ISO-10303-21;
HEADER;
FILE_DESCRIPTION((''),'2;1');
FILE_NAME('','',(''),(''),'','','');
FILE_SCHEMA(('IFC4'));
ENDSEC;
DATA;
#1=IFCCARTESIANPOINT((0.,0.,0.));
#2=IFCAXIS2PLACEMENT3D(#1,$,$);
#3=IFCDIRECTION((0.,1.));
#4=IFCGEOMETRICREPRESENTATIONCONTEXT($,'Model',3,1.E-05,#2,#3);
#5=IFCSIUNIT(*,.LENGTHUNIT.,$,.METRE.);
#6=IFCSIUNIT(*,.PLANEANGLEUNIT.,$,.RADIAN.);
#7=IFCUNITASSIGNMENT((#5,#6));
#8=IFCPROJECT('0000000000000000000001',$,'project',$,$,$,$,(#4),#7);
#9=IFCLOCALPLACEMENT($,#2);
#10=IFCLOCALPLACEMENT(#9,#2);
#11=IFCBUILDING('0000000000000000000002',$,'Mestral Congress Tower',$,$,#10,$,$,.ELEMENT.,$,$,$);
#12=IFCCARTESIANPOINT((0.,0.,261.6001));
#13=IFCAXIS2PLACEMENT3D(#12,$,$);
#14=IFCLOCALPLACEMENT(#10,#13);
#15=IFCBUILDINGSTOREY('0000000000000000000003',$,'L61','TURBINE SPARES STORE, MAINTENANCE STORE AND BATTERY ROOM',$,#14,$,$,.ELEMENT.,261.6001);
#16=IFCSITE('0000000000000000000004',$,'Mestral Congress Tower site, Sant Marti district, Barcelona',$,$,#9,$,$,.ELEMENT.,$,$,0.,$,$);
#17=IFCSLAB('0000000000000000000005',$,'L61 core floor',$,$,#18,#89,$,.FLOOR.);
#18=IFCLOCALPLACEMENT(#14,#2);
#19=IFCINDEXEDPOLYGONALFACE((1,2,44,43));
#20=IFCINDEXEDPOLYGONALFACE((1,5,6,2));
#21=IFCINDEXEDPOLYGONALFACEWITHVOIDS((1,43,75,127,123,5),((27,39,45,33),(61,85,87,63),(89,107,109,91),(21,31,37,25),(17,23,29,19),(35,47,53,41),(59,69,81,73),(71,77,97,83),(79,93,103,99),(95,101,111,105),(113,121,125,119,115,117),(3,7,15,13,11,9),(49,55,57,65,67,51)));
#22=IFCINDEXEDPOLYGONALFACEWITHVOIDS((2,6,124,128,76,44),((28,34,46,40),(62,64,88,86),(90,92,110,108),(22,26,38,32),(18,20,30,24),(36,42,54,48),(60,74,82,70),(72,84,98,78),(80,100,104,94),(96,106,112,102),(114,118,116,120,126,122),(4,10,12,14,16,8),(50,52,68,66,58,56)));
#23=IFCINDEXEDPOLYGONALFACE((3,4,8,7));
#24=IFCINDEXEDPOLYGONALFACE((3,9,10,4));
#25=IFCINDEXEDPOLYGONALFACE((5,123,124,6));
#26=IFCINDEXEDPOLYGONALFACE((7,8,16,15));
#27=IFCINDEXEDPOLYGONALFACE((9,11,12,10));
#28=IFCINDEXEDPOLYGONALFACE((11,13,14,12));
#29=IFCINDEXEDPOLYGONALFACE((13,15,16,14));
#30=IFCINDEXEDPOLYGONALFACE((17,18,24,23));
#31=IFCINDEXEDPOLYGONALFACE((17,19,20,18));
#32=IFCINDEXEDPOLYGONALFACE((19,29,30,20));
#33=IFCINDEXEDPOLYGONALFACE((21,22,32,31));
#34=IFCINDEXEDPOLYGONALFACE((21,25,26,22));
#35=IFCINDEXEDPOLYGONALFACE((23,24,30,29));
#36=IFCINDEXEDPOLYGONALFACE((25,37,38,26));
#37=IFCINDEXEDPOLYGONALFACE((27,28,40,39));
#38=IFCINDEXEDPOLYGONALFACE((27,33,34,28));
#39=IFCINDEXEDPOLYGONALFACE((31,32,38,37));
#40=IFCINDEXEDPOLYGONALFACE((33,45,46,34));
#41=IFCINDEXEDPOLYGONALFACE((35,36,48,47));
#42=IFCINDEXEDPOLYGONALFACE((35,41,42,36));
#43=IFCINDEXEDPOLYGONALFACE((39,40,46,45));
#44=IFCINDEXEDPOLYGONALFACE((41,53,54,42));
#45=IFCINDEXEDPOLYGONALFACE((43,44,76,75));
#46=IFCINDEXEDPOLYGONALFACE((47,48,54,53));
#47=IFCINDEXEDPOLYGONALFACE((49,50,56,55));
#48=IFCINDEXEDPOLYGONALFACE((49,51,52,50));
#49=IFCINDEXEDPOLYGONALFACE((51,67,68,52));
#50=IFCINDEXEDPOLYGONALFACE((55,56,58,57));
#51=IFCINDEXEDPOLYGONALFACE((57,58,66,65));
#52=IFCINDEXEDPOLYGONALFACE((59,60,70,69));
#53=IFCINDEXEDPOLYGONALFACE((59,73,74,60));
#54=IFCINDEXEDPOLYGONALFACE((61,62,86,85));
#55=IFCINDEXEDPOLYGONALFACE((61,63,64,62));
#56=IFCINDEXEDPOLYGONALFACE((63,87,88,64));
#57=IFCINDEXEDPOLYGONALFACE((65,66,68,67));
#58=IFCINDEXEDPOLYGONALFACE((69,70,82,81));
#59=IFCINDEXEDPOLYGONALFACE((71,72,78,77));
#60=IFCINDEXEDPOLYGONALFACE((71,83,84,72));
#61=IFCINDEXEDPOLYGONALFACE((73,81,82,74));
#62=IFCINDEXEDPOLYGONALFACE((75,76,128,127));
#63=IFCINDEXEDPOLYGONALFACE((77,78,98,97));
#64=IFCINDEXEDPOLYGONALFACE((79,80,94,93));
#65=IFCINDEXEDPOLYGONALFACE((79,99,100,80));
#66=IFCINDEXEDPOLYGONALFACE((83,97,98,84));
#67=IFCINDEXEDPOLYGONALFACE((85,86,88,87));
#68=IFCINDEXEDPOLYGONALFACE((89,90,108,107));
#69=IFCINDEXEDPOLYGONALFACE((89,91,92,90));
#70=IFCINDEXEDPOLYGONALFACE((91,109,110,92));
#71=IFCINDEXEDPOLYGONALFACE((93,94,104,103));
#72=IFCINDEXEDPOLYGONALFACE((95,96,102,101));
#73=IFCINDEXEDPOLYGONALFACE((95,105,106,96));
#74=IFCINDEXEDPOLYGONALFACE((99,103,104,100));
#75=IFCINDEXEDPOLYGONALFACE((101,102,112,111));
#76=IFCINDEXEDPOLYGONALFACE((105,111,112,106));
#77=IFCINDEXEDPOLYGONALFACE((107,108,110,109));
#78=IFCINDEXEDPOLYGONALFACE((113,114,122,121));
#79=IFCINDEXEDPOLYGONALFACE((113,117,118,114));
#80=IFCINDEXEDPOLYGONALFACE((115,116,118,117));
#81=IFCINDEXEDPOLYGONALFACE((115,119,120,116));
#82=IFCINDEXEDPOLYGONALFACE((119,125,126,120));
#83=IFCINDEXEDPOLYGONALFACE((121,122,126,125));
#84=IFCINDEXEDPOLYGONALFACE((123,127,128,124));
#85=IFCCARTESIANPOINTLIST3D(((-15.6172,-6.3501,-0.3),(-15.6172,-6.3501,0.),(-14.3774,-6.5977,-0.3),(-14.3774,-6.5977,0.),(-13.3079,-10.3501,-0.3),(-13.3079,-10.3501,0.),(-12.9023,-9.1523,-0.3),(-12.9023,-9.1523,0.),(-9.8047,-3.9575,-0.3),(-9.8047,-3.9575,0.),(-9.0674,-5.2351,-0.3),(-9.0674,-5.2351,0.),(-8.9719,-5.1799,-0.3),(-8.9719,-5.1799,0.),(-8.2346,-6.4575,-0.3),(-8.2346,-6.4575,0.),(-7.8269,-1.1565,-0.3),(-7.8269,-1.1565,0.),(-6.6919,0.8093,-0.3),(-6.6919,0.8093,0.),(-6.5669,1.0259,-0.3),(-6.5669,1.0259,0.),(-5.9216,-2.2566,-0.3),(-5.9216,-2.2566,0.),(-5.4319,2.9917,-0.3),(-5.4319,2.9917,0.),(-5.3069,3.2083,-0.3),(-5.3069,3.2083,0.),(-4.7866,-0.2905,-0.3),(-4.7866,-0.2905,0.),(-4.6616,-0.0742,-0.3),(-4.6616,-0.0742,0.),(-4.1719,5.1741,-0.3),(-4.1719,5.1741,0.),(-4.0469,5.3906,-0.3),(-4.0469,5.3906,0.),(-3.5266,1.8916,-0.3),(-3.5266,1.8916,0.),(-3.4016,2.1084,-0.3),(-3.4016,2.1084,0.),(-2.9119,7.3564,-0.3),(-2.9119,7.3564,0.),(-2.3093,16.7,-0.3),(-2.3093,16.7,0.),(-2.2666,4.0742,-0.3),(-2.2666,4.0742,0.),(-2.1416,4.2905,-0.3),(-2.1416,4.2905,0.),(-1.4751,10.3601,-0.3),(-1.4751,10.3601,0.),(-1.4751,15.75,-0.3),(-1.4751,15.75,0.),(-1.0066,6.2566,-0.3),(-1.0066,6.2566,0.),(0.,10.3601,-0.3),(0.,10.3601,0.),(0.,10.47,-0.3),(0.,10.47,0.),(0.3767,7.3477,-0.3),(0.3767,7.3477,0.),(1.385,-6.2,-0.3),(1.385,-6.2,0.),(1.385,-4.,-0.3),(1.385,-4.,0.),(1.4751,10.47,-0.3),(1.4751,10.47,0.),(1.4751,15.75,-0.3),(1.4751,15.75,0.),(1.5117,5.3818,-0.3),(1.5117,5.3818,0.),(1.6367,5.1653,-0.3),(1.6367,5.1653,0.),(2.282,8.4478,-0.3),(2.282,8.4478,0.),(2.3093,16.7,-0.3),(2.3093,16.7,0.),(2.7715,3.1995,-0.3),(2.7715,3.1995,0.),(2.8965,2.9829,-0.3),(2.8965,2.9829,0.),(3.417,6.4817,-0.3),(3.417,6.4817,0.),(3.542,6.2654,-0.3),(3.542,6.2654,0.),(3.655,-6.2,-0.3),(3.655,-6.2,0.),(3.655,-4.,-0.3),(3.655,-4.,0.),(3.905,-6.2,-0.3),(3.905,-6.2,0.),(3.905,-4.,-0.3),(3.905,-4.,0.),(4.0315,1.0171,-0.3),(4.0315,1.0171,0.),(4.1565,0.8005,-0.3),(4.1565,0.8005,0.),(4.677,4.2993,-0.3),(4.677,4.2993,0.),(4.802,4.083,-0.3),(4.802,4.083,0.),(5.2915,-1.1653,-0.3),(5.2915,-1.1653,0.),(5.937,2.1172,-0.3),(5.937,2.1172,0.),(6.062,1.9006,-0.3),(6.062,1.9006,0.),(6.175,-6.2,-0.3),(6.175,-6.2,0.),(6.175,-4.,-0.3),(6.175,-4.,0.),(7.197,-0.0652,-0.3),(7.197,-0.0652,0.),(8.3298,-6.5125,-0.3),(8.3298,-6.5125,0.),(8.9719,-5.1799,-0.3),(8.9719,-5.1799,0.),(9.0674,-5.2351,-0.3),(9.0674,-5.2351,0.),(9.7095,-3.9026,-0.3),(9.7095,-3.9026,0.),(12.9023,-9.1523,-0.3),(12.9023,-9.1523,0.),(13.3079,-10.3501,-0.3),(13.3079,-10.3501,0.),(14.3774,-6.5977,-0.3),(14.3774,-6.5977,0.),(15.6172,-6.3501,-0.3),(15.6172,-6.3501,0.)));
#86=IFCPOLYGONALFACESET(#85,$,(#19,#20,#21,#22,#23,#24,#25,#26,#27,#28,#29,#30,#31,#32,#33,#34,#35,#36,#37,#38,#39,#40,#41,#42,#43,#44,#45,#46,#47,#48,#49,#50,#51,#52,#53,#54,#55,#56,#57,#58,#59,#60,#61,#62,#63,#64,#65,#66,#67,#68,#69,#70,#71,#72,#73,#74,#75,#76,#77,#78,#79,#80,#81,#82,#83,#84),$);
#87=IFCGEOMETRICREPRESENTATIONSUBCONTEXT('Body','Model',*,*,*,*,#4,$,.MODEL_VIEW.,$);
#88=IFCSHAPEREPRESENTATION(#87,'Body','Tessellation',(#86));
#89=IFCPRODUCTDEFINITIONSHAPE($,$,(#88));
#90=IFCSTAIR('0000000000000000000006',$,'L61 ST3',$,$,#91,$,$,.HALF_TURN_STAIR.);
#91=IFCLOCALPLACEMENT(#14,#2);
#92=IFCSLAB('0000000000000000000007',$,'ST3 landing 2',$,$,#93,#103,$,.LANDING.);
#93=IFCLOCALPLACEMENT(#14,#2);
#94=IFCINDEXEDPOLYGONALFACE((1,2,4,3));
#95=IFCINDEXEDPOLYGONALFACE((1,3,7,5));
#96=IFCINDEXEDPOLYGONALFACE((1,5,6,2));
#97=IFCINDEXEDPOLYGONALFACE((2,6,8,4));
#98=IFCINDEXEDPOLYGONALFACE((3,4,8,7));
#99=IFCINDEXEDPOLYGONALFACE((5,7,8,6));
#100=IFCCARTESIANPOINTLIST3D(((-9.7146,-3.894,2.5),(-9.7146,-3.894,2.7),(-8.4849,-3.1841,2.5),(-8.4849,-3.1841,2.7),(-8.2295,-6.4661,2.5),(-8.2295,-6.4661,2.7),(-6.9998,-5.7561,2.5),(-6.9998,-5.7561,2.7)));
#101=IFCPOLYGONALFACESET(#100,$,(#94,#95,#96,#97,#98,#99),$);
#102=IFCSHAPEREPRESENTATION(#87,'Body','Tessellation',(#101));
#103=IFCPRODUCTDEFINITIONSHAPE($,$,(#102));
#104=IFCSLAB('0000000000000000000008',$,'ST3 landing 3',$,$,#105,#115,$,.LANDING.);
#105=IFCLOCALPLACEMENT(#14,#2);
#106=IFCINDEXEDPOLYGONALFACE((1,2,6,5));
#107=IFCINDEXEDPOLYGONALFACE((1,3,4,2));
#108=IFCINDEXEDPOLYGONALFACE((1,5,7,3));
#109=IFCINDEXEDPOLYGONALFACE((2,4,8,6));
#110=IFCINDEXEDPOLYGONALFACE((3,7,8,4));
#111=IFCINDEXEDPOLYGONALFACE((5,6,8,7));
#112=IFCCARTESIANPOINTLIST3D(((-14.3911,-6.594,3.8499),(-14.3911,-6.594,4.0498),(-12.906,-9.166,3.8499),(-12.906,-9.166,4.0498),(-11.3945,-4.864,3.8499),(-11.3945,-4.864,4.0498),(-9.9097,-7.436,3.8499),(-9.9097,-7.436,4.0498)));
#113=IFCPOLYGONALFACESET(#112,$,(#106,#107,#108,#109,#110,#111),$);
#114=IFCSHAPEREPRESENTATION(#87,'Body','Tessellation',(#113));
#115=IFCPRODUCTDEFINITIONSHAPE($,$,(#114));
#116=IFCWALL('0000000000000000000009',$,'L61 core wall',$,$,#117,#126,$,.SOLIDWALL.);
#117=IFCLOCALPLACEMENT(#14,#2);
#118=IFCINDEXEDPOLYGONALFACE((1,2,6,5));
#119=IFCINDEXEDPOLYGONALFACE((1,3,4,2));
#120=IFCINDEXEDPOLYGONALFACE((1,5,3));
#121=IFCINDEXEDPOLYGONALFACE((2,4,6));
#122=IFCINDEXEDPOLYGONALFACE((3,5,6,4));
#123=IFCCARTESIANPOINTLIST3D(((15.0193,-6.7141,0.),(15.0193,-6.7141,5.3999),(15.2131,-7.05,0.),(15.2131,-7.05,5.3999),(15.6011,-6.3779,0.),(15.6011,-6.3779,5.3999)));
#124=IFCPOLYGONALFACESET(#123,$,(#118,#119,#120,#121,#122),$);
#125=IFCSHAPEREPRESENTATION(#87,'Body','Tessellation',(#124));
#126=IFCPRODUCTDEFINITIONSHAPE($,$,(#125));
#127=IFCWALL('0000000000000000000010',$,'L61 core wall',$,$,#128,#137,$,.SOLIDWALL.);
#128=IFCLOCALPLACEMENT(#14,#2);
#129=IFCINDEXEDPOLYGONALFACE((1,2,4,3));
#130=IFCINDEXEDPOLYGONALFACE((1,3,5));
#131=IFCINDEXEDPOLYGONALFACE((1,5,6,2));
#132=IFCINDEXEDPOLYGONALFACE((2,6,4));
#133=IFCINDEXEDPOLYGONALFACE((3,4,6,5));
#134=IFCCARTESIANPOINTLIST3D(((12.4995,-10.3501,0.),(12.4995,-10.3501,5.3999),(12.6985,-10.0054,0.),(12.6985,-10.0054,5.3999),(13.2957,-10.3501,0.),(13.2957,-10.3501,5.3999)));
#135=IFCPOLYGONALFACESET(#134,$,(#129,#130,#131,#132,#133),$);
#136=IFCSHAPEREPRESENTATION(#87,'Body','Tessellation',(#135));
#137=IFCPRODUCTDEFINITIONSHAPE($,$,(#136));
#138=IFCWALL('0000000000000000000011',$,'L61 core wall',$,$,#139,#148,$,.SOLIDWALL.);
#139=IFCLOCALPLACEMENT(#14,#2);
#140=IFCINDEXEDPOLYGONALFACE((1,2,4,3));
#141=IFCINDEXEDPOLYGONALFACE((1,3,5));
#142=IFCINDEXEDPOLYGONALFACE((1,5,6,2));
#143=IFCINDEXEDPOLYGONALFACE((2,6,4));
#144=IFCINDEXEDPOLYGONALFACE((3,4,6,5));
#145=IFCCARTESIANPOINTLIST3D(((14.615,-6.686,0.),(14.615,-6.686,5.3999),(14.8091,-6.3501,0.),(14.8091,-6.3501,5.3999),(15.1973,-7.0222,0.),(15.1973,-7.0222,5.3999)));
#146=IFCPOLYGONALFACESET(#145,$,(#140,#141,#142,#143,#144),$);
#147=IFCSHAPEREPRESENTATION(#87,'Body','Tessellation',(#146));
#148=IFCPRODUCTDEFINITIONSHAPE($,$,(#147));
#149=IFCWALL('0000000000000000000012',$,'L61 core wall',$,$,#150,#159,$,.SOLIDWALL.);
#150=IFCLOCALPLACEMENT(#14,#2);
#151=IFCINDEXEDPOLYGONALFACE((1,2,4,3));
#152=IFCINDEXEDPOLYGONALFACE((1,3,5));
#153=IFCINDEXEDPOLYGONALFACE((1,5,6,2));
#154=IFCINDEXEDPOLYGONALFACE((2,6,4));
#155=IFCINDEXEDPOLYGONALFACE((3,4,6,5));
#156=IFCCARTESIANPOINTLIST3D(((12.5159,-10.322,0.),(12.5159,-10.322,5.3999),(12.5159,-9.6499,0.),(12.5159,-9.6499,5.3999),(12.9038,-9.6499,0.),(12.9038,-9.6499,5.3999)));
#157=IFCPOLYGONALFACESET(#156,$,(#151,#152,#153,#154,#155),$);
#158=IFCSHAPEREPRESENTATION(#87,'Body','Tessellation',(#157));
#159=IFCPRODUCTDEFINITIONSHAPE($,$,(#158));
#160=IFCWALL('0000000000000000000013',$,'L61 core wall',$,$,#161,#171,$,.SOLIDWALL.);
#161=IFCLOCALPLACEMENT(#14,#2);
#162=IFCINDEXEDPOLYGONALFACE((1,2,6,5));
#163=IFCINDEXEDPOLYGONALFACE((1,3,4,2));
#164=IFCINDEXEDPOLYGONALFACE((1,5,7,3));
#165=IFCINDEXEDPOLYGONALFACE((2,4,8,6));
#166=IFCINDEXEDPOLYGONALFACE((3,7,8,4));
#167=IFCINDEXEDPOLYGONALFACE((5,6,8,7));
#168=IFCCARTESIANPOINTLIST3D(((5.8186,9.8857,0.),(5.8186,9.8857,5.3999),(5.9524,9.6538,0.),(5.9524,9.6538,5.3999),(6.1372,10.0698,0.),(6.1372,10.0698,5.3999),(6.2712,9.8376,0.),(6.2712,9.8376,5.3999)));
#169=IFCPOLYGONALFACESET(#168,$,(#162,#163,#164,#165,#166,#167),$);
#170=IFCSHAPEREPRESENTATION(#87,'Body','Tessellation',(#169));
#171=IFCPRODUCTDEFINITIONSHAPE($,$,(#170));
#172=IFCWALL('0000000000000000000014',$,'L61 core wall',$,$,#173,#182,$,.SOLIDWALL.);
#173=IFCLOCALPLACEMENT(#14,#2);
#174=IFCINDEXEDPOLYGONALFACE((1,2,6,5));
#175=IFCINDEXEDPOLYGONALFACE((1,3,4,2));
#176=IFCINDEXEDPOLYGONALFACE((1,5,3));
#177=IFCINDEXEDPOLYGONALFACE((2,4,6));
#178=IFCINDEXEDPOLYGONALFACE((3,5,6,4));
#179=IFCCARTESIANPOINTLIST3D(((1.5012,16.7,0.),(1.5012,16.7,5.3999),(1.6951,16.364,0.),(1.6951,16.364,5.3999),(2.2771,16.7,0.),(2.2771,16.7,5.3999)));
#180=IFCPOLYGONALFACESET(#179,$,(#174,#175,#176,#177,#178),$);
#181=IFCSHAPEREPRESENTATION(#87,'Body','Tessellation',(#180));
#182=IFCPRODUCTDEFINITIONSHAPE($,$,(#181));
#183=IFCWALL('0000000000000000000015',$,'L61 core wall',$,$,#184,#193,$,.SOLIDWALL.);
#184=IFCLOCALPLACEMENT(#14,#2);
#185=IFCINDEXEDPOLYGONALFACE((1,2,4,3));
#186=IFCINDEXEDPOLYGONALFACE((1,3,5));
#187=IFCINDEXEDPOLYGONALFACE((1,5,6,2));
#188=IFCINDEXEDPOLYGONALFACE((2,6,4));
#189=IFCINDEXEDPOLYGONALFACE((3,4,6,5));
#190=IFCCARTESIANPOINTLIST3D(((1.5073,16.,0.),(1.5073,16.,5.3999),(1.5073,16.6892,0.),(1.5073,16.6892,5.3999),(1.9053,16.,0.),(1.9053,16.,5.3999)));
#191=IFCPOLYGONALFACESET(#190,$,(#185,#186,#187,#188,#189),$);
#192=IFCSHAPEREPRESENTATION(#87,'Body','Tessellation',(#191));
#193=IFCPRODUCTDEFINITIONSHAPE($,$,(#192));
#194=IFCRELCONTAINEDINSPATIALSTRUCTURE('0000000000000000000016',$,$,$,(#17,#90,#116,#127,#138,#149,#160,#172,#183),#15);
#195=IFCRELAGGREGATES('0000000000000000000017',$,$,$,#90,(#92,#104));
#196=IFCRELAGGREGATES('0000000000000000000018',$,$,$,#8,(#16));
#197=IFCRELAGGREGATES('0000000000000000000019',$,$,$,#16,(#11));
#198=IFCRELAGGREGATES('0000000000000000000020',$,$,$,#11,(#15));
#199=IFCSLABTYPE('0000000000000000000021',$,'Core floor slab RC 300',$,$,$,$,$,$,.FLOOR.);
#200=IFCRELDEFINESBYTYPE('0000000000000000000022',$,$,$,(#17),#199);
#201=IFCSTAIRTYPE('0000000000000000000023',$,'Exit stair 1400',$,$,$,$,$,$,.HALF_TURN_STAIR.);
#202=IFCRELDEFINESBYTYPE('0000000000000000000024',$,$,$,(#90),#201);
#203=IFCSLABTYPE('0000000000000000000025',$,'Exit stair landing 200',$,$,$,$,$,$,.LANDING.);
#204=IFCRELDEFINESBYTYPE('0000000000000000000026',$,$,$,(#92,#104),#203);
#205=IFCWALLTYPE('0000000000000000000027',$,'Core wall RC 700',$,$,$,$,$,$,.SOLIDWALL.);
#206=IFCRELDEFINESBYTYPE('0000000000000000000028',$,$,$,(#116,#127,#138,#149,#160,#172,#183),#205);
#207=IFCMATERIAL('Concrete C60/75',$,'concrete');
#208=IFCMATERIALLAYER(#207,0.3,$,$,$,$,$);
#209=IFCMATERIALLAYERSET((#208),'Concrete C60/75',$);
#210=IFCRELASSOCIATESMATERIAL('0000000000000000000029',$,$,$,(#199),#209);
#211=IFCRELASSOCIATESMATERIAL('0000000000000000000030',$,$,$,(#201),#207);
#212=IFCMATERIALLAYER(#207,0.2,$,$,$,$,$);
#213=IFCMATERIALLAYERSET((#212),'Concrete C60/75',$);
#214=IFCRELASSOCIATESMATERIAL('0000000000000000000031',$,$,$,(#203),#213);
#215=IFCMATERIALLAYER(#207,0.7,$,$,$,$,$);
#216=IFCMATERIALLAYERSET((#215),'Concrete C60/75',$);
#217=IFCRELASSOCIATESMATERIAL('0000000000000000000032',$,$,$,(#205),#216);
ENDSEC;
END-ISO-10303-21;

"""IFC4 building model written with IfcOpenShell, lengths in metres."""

from ifc_helpers import new_model, si_unit, direction, frame, origin, place, context, subcontext, project, spatial, polyline, outline, extrude, material, layer, layer_set, type_object, element, aggregate, save


model = new_model("IFC4")

# Units and contexts
model_context = context("Model", 3, precision=1e-05, world=origin(), true_north=direction((0.0, 1.0)))
body_context = subcontext(model_context, "Body", "Model", "MODEL_VIEW")
ifc_project = project(units=[si_unit("LENGTHUNIT", "METRE"), si_unit("PLANEANGLEUNIT", "RADIAN")], contexts=[model_context])

# Site, building, storey
site_placement = place(None, origin())
site = spatial("IfcSite", under=ifc_project, at=site_placement, Name="Mestral Congress Tower site, Sant Marti district, Barcelona", CompositionType="ELEMENT", RefElevation=0.0)
building_placement = place(site_placement, origin())
building = spatial("IfcBuilding", under=site, at=building_placement, Name="Mestral Congress Tower", CompositionType="ELEMENT")
storey_placement = place(building_placement, frame((0.0, 0.0, 261.6001)))
storey = spatial("IfcBuildingStorey", under=building, at=storey_placement, Name="L61", Description="TURBINE SPARES STORE, MAINTENANCE STORE AND BATTERY ROOM", CompositionType="ELEMENT", Elevation=261.6001)

# Slab
ifc_material = material(Name="Concrete C60/75", Category="concrete")
ifc_layer_1 = layer(ifc_material, 0.3)
ifc_layer_set_1 = layer_set([ifc_layer_1], Name="Concrete C60/75")
slab_type_1 = type_object("IfcSlabType", Name="Core floor slab RC 300", PredefinedType="FLOOR", material=ifc_layer_set_1)
slab_1_placement = place(storey_placement, frame((0.0, 0.0, -0.3)))
element("IfcSlab", 1, at=slab_1_placement, inside=storey, type_object=slab_type_1, Name="L61 core floor", PredefinedType="FLOOR", context=body_context, shape_type="SweptSolid", body=[
    extrude(outline(polyline([(13.3079, -10.3501), (-13.3079, -10.3501), (-15.6172, -6.3501), (-2.3093, 16.7), (2.3093, 16.7), (15.6172, -6.3501), (13.3079, -10.3501)]), holes=[polyline([(-14.3774, -6.5977), (-12.9023, -9.1523), (-8.2346, -6.4575), (-8.9719, -5.1799), (-9.0674, -5.2351), (-9.8047, -3.9575), (-14.3774, -6.5977)]), polyline([(-5.9216, -2.2566), (-4.7866, -0.2905), (-6.6919, 0.8093), (-7.8269, -1.1565), (-5.9216, -2.2566)]), polyline([(-4.6616, -0.0742), (-3.5266, 1.8916), (-5.4319, 2.9917), (-6.5669, 1.0259), (-4.6616, -0.0742)]), polyline([(-2.2666, 4.0742), (-4.1719, 5.1741), (-5.3069, 3.2083), (-3.4016, 2.1084), (-2.2666, 4.0742)]), polyline([(-2.1416, 4.2905), (-1.0066, 6.2566), (-2.9119, 7.3564), (-4.0469, 5.3906), (-2.1416, 4.2905)]), polyline([(0.3767, 7.3477), (1.5117, 5.3818), (3.417, 6.4817), (2.282, 8.4478), (0.3767, 7.3477)]), polyline([(1.4751, 15.75), (-1.4751, 15.75), (-1.4751, 10.3601), (0.0, 10.3601), (0.0, 10.47), (1.4751, 10.47), (1.4751, 15.75)]), polyline([(8.3298, -6.5125), (12.9023, -9.1523), (14.3774, -6.5977), (9.7095, -3.9026), (8.9719, -5.1799), (9.0674, -5.2351), (8.3298, -6.5125)]), polyline([(3.655, -4.0), (1.385, -4.0), (1.385, -6.2), (3.655, -6.2), (3.655, -4.0)]), polyline([(6.175, -4.0), (3.905, -4.0), (3.905, -6.2), (6.175, -6.2), (6.175, -4.0)]), polyline([(4.1565, 0.8005), (5.2915, -1.1653), (7.197, -0.0652), (6.062, 1.9006), (4.1565, 0.8005)]), polyline([(2.8965, 2.9829), (4.0315, 1.0171), (5.937, 2.1172), (4.802, 4.083), (2.8965, 2.9829)]), polyline([(1.6367, 5.1653), (2.7715, 3.1995), (4.677, 4.2993), (3.542, 6.2654), (1.6367, 5.1653)])]), origin(), (0.0, 0.0, 1.0), 0.3),
])

# Stair, slabs
stair_type = type_object("IfcStairType", Name="Exit stair 1400", PredefinedType="HALF_TURN_STAIR", material=ifc_material)
placement = place(storey_placement, origin())
stair = element("IfcStair", 2, at=placement, inside=storey, type_object=stair_type, Name="L61 ST3", PredefinedType="HALF_TURN_STAIR")
ifc_layer_2 = layer(ifc_material, 0.2)
ifc_layer_set_2 = layer_set([ifc_layer_2], Name="Concrete C60/75")
slab_type_2 = type_object("IfcSlabType", Name="Exit stair landing 200", PredefinedType="LANDING", material=ifc_layer_set_2)
slab_2_placement = place(storey_placement, frame((0.0, 0.0, 2.5)))
slab_2 = element("IfcSlab", 3, at=slab_2_placement, type_object=slab_type_2, Name="ST3 landing 2", PredefinedType="LANDING", context=body_context, shape_type="SweptSolid", body=[
    extrude(outline(polyline([(-8.4849, -3.1841), (-6.9998, -5.7561), (-8.2295, -6.4661), (-9.7146, -3.894), (-8.4849, -3.1841)])), origin(), (0.0, 0.0, 1.0), 0.2),
])
slab_3_placement = place(storey_placement, frame((0.0, 0.0, 3.8499)))
slab_3 = element("IfcSlab", 4, at=slab_3_placement, type_object=slab_type_2, Name="ST3 landing 3", PredefinedType="LANDING", context=body_context, shape_type="SweptSolid", body=[
    extrude(outline(polyline([(-11.3945, -4.864), (-9.9097, -7.436), (-12.906, -9.166), (-14.3911, -6.594), (-11.3945, -4.864)])), origin(), (0.0, 0.0, 1.0), 0.2),
])
aggregate(stair, [slab_2, slab_3])

# Walls
ifc_layer_3 = layer(ifc_material, 0.7)
ifc_layer_set_3 = layer_set([ifc_layer_3], Name="Concrete C60/75")
wall_type_1 = type_object("IfcWallType", Name="Core wall RC 700", PredefinedType="SOLIDWALL", material=ifc_layer_set_3)
element("IfcWall", 5, at=placement, inside=storey, type_object=wall_type_1, Name="L61 core wall", PredefinedType="SOLIDWALL", context=body_context, shape_type="SweptSolid", body=[
    extrude(outline(polyline([(15.2131, -7.05), (15.0193, -6.7141), (15.6011, -6.3779), (15.2131, -7.05)])), origin(), (0.0, 0.0, 1.0), 5.3999),
])
element("IfcWall", 6, at=placement, inside=storey, type_object=wall_type_1, Name="L61 core wall", PredefinedType="SOLIDWALL", context=body_context, shape_type="SweptSolid", body=[
    extrude(outline(polyline([(12.6985, -10.0054), (13.2957, -10.3501), (12.4995, -10.3501), (12.6985, -10.0054)])), origin(), (0.0, 0.0, 1.0), 5.3999),
])
element("IfcWall", 7, at=placement, inside=storey, type_object=wall_type_1, Name="L61 core wall", PredefinedType="SOLIDWALL", context=body_context, shape_type="SweptSolid", body=[
    extrude(outline(polyline([(14.8091, -6.3501), (15.1973, -7.0222), (14.615, -6.686), (14.8091, -6.3501)])), origin(), (0.0, 0.0, 1.0), 5.3999),
])
element("IfcWall", 8, at=placement, inside=storey, type_object=wall_type_1, Name="L61 core wall", PredefinedType="SOLIDWALL", context=body_context, shape_type="SweptSolid", body=[
    extrude(outline(polyline([(12.9038, -9.6499), (12.5159, -10.322), (12.5159, -9.6499), (12.9038, -9.6499)])), origin(), (0.0, 0.0, 1.0), 5.3999),
])
element("IfcWall", 9, at=placement, inside=storey, type_object=wall_type_1, Name="L61 core wall", PredefinedType="SOLIDWALL", context=body_context, shape_type="SweptSolid", body=[
    extrude(outline(polyline([(6.1372, 10.0698), (6.2712, 9.8376), (5.9524, 9.6538), (5.8186, 9.8857), (6.1372, 10.0698)])), origin(), (0.0, 0.0, 1.0), 5.3999),
])
element("IfcWall", 10, at=placement, inside=storey, type_object=wall_type_1, Name="L61 core wall", PredefinedType="SOLIDWALL", context=body_context, shape_type="SweptSolid", body=[
    extrude(outline(polyline([(1.5012, 16.7), (2.2771, 16.7), (1.6951, 16.364), (1.5012, 16.7)])), origin(), (0.0, 0.0, 1.0), 5.3999),
])
element("IfcWall", 11, at=placement, inside=storey, type_object=wall_type_1, Name="L61 core wall", PredefinedType="SOLIDWALL", context=body_context, shape_type="SweptSolid", body=[
    extrude(outline(polyline([(1.9053, 16.0), (1.5073, 16.0), (1.5073, 16.6892), (1.9053, 16.0)])), origin(), (0.0, 0.0, 1.0), 5.3999),
])

save(model, "model.ifc")
